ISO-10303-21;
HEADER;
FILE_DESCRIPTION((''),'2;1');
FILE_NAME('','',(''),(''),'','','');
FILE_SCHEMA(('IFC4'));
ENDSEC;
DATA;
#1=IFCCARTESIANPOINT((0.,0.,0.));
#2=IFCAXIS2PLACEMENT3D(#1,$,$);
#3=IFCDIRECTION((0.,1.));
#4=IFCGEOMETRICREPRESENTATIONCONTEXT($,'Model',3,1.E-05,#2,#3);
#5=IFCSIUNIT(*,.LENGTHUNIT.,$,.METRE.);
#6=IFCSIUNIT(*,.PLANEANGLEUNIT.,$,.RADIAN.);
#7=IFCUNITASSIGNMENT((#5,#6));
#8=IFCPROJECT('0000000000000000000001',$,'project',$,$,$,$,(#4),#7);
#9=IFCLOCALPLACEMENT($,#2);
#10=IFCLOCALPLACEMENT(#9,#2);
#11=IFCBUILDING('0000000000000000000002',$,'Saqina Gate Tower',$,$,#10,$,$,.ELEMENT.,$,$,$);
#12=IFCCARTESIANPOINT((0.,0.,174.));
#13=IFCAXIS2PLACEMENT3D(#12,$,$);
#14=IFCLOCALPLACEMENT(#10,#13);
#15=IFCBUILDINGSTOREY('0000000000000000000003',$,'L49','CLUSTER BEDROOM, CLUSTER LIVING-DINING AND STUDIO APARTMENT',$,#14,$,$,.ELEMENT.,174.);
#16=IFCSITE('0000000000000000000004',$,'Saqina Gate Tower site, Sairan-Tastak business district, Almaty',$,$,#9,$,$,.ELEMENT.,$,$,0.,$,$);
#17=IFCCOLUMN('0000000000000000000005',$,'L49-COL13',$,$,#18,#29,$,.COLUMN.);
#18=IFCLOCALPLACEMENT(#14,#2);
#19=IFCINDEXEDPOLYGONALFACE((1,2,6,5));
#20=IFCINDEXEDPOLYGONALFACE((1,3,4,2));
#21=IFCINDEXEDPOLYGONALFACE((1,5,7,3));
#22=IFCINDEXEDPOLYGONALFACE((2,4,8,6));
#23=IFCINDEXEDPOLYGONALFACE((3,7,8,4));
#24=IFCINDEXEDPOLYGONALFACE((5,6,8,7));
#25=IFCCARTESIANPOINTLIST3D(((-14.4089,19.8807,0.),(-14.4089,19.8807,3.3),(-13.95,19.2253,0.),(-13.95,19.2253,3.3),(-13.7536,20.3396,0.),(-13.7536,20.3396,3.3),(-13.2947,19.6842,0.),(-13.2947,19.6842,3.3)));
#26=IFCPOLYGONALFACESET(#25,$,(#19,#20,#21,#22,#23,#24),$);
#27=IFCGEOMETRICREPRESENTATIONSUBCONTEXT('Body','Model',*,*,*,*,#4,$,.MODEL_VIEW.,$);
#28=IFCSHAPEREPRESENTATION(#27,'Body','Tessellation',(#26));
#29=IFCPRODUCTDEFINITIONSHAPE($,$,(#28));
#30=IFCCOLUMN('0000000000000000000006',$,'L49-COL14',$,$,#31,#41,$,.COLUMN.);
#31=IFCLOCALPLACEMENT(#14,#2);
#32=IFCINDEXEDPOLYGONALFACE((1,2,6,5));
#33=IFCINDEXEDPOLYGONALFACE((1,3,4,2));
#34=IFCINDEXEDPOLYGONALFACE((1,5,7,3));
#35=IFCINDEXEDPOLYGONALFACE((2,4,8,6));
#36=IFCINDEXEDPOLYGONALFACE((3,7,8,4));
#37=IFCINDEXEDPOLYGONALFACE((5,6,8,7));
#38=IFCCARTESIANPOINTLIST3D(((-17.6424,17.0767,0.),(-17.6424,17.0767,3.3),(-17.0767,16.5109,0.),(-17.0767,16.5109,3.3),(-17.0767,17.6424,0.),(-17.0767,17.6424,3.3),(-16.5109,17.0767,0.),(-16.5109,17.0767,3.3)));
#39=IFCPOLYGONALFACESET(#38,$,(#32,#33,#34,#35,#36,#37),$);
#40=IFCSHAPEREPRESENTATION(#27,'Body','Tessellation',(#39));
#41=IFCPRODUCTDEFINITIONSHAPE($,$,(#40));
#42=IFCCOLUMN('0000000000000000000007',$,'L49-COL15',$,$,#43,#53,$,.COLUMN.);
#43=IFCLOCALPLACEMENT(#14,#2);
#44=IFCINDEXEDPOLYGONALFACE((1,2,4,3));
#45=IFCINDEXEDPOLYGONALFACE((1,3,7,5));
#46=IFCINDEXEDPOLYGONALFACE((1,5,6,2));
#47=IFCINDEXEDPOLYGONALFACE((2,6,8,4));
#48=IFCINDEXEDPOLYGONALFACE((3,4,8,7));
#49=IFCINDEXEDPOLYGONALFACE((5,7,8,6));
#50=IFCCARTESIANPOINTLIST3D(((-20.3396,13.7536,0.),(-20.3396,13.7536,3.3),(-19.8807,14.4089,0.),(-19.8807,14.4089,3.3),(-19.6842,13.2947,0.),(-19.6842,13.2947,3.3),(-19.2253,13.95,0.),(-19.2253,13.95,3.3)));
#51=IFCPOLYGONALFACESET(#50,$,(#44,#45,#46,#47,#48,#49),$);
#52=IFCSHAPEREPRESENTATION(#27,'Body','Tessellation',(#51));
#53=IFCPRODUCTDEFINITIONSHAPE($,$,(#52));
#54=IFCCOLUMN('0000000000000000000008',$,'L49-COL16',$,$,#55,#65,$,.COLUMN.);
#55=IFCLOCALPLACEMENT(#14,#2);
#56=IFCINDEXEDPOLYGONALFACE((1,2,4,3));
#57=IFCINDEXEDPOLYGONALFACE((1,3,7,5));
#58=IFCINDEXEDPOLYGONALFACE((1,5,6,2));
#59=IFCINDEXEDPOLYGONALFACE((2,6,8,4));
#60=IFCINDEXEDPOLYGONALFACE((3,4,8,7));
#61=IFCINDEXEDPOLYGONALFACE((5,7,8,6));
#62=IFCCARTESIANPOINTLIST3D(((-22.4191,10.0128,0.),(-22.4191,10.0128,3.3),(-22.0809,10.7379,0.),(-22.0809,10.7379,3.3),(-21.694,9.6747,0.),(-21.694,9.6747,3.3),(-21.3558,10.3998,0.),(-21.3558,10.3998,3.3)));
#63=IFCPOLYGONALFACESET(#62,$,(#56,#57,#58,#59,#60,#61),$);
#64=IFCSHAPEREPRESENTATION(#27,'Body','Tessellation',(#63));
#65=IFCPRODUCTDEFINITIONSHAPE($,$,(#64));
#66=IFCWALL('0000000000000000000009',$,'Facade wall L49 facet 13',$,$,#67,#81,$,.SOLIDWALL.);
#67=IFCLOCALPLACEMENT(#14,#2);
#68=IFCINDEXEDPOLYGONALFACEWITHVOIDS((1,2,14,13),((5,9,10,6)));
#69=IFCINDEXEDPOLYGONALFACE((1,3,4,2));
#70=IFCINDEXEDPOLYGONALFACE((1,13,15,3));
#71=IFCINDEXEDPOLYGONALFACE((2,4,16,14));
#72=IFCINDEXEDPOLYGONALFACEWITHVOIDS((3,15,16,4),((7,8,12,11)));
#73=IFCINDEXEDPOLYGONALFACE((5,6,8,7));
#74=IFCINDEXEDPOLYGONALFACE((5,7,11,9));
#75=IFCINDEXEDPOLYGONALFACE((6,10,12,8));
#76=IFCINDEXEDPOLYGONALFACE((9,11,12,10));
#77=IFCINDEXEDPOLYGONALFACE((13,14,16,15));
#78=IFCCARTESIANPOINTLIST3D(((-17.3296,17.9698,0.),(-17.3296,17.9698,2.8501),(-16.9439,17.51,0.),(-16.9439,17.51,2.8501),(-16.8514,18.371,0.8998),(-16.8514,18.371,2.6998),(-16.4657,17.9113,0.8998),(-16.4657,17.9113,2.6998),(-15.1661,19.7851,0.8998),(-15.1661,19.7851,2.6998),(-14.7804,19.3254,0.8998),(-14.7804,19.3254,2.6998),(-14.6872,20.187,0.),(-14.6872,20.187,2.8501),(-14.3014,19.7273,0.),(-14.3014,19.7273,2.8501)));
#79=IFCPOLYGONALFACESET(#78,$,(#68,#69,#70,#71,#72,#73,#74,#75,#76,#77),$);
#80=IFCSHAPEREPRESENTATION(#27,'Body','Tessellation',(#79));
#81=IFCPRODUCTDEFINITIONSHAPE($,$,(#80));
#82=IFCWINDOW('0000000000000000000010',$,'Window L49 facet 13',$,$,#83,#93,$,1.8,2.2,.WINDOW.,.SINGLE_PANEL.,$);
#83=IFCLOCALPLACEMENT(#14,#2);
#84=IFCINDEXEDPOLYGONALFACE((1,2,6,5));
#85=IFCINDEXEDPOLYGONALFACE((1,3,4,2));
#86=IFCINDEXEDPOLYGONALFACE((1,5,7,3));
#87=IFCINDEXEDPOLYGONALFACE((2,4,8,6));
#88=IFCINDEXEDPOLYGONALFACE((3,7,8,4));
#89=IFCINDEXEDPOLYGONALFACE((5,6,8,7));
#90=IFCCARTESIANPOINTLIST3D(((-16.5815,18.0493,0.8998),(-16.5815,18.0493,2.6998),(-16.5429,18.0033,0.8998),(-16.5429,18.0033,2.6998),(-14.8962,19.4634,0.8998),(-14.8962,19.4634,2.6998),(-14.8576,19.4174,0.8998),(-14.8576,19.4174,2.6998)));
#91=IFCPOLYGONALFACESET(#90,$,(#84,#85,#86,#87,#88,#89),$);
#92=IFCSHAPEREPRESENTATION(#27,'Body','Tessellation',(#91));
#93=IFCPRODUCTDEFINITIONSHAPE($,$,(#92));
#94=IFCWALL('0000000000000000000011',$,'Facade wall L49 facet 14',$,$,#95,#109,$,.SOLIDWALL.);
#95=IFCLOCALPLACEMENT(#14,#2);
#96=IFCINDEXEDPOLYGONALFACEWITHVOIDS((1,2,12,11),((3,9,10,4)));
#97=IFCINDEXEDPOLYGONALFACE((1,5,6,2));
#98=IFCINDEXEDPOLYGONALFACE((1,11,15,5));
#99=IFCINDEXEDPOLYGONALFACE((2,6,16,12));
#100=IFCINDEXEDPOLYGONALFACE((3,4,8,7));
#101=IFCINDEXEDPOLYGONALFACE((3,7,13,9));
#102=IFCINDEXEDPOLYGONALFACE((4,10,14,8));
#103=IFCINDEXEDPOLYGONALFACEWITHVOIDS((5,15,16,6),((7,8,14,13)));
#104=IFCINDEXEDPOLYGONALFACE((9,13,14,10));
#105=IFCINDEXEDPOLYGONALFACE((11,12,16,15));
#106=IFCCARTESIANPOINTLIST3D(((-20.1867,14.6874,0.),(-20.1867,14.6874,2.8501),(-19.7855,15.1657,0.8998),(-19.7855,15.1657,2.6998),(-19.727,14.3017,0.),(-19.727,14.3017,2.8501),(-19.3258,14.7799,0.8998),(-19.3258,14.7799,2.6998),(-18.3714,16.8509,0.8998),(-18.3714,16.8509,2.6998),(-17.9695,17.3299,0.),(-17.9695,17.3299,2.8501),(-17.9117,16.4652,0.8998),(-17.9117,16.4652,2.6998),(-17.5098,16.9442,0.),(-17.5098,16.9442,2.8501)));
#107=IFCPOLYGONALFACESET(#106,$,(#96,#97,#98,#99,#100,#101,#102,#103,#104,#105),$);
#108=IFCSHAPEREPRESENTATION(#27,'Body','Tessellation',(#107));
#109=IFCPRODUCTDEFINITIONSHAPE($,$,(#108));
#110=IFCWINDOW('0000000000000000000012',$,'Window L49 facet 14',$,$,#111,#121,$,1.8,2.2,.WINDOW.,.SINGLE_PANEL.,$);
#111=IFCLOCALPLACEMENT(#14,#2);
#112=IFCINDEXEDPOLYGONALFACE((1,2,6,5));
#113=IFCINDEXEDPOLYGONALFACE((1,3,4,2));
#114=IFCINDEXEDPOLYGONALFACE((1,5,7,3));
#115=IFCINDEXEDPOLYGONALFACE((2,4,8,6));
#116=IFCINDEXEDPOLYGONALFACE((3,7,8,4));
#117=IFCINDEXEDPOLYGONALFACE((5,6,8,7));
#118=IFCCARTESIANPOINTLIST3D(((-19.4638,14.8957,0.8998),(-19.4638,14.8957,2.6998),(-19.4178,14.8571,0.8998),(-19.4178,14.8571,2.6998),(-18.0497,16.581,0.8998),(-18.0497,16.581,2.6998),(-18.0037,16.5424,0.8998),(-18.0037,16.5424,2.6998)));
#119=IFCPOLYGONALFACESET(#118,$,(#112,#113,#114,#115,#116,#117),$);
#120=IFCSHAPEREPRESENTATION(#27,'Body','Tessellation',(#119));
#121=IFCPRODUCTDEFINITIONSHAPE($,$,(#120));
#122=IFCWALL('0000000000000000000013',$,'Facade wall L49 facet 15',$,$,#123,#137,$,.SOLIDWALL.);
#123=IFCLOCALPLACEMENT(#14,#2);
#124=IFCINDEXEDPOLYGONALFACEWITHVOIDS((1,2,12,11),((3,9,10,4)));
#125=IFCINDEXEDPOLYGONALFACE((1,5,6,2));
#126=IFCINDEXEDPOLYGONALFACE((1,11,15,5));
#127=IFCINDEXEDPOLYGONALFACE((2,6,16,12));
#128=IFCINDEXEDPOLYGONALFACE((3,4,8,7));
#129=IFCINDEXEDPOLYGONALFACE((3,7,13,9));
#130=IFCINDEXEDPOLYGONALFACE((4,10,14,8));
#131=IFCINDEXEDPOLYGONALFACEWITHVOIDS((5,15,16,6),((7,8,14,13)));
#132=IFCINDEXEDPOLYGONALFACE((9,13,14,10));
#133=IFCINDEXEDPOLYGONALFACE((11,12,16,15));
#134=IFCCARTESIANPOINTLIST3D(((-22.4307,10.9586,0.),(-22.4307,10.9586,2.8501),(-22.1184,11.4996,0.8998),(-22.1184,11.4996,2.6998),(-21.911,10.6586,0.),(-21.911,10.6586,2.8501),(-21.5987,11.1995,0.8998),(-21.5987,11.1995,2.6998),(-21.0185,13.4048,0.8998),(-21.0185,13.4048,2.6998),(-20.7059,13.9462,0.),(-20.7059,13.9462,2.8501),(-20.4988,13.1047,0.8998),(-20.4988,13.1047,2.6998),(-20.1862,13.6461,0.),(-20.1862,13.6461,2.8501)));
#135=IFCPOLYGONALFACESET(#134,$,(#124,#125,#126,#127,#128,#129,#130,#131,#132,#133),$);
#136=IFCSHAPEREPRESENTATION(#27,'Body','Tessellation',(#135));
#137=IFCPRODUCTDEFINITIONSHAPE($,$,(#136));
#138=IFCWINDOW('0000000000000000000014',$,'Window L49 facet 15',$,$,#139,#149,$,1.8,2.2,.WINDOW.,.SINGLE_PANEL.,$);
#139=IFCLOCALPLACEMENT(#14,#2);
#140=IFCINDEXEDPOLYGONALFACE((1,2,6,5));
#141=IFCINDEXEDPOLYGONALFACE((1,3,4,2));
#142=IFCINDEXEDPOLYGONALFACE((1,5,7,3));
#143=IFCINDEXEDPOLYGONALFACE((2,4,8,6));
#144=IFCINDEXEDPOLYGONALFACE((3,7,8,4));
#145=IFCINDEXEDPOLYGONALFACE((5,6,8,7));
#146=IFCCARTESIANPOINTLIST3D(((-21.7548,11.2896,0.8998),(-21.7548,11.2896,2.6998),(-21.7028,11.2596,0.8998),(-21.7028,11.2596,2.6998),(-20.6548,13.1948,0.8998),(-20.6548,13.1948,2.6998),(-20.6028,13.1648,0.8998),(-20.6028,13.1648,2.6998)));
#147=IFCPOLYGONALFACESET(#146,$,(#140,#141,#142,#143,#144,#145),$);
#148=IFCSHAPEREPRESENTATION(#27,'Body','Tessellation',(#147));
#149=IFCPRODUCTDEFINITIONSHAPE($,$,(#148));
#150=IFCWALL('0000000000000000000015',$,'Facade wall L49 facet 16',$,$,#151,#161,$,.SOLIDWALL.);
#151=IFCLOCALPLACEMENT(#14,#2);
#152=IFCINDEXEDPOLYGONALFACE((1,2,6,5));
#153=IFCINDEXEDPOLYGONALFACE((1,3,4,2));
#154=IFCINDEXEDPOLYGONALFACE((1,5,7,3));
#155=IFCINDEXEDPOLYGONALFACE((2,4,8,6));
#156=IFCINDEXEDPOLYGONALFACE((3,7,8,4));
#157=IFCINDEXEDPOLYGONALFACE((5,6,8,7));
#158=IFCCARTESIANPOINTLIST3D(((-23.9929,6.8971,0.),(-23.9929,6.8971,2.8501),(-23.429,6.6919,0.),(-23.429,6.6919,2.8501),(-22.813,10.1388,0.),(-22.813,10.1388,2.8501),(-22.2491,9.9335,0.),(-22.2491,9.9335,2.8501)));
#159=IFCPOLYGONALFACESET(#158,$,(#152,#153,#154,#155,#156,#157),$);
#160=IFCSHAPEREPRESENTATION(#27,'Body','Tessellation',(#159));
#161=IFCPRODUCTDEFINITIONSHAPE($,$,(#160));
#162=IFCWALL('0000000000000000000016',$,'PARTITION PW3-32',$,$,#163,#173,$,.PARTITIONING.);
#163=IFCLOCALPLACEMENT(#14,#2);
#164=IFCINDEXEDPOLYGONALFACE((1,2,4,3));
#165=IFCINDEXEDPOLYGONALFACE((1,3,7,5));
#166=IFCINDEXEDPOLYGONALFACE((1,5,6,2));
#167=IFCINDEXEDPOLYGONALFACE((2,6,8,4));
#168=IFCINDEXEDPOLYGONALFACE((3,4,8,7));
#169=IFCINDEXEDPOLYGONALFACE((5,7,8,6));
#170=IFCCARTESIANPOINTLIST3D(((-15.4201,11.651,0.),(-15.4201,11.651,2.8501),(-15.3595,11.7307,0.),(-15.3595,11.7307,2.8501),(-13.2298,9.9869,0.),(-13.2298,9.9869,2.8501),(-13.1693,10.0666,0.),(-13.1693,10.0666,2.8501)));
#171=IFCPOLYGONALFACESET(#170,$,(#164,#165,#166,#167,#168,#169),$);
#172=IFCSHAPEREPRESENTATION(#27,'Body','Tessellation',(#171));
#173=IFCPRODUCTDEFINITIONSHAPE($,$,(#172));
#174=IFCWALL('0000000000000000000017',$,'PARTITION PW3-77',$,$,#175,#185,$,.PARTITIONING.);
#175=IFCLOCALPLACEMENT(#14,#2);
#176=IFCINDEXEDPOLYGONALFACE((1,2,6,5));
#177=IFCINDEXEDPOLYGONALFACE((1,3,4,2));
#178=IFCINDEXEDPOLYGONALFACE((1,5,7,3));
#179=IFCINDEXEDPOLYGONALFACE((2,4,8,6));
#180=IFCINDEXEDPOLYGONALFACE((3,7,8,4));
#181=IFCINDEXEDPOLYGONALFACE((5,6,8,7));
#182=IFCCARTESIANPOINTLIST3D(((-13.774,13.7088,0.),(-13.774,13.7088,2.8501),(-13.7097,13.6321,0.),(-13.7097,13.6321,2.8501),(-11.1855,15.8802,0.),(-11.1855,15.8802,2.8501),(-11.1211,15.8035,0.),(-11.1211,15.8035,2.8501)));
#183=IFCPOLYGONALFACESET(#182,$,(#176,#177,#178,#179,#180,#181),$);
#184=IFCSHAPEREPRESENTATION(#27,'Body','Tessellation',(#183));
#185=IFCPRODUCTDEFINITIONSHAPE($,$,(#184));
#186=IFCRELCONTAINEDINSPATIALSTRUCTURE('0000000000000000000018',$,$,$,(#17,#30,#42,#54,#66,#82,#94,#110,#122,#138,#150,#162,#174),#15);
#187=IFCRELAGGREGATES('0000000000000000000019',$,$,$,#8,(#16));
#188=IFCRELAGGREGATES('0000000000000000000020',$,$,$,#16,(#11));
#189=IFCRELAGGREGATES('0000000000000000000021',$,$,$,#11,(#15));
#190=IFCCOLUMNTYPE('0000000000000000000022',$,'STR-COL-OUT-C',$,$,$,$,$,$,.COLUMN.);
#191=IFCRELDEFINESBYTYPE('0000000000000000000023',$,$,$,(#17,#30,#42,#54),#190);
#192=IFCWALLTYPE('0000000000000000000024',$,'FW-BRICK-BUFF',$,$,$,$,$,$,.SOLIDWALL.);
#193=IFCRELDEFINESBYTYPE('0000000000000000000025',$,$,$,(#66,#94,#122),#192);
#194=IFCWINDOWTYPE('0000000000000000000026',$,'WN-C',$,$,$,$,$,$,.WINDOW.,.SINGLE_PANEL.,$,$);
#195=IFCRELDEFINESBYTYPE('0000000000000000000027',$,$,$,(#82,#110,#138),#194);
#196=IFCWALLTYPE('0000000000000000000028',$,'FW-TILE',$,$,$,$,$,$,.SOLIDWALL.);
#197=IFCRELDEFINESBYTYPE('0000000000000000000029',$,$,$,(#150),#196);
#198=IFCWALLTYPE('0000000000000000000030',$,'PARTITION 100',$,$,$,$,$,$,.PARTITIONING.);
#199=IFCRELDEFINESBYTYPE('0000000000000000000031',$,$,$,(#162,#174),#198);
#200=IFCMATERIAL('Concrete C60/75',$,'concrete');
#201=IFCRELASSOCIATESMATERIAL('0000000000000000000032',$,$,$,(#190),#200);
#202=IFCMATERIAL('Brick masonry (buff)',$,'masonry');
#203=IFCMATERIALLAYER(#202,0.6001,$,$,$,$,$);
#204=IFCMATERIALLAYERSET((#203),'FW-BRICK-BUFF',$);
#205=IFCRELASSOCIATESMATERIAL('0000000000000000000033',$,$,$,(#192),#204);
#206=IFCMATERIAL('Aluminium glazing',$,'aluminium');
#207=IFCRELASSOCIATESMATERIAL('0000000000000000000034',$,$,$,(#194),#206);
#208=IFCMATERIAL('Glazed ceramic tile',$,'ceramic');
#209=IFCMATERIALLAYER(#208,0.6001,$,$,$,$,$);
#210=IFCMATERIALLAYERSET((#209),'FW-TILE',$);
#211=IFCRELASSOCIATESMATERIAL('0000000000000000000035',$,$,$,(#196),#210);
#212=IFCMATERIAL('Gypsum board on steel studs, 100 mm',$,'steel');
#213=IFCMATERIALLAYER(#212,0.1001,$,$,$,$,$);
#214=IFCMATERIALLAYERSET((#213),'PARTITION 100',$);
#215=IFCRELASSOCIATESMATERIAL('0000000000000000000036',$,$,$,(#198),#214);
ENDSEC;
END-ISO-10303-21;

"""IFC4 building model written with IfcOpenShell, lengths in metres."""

from ifc_helpers import new_model, si_unit, direction, frame, frame_2d, origin, origin_2d, place, context, subcontext, project, spatial, rectangle, extrude, material, layer, layer_set, material_profile, profile_set, type_object, element, fill, save


model = new_model("IFC4")

# Units and contexts
model_context = context("Model", 3, precision=1e-05, world=origin(), true_north=direction((0.0, 1.0)))
body_context = subcontext(model_context, "Body", "Model", "MODEL_VIEW")
ifc_project = project(units=[si_unit("LENGTHUNIT", "METRE"), si_unit("PLANEANGLEUNIT", "RADIAN")], contexts=[model_context])

# Site, building, storey
site_placement = place(None, origin())
site = spatial("IfcSite", under=ifc_project, at=site_placement, Name="Saqina Gate Tower site, Sairan-Tastak business district, Almaty", CompositionType="ELEMENT", RefElevation=0.0)
building_placement = place(site_placement, origin())
building = spatial("IfcBuilding", under=site, at=building_placement, Name="Saqina Gate Tower", CompositionType="ELEMENT")
storey_placement = place(building_placement, frame((0.0, 0.0, 174.0)))
storey = spatial("IfcBuildingStorey", under=building, at=storey_placement, Name="L49", Description="CLUSTER BEDROOM, CLUSTER LIVING-DINING AND STUDIO APARTMENT", CompositionType="ELEMENT", Elevation=174.0)

# Columns
ifc_material_1 = material(Name="Concrete C60/75", Category="concrete")
ifc_material_profile = material_profile(ifc_material_1, rectangle(XDim=0.8, YDim=0.8, at=origin_2d()), Name="RC 800x800")
ifc_profile_set = profile_set([ifc_material_profile], Name="Concrete C60/75")
column_type = type_object("IfcColumnType", Name="STR-COL-OUT-C", PredefinedType="COLUMN", material=ifc_profile_set)
for number, where, z_axis, x_axis, name in (
    (1, (-13.8518, 19.7825, 0.0), (0.0, 0.0, 1.0), (-0.573576, 0.819152, 0.0), "L49-COL13"),
    (2, (-17.0767, 17.0767, 0.0), (0.0, 0.0, 1.0), (-0.707107, 0.707107, 0.0), "L49-COL14"),
    (3, (-19.7825, 13.8518, 0.0), (0.0, 0.0, 1.0), (-0.819152, 0.573576, 0.0), "L49-COL15"),
    (4, (-21.8875, 10.2063, 0.0), (0.0, 0.0, 1.0), (-0.906308, 0.422618, 0.0), "L49-COL16"),
):
    element("IfcColumn", number, at=place(storey_placement, frame(where, z_axis=z_axis, x_axis=x_axis)), inside=storey, type_object=column_type, Name=name, PredefinedType="COLUMN", context=body_context, shape_type="SweptSolid", body=[
        extrude(rectangle(XDim=0.8, YDim=0.8, at=origin_2d()), origin(), (0.0, 0.0, 1.0), 3.3),
    ])

# Walls, openings, windows
ifc_material_2 = material(Name="Brick masonry (buff)", Category="masonry")
ifc_layer_1 = layer(ifc_material_2, 0.6001)
ifc_layer_set_1 = layer_set([ifc_layer_1], Name="FW-BRICK-BUFF")
wall_type_1 = type_object("IfcWallType", Name="FW-BRICK-BUFF", PredefinedType="SOLIDWALL", material=ifc_layer_set_1)
wall_1_placement = place(storey_placement, frame((-14.4944, 19.957, 0.0), z_axis=(0.0, 0.0, 1.0), x_axis=(-0.766059, -0.64277, 0.0)))
wall_1 = element("IfcWall", 5, at=wall_1_placement, inside=storey, type_object=wall_type_1, Name="Facade wall L49 facet 13", PredefinedType="SOLIDWALL", context=body_context, shape_type="SweptSolid", body=[
    extrude(rectangle(XDim=3.4495, YDim=0.6001, at=frame_2d((1.7246, 0.0))), origin(), (0.0, 0.0, 1.0), 2.8501),
])
opening_1_placement = place(wall_1_placement, frame((0.625, 0.0, 0.8999)))
opening_1 = element("IfcOpeningElement", 6, at=opening_1_placement, cuts=wall_1, PredefinedType="OPENING", context=body_context, shape_type="SweptSolid", body=[
    extrude(rectangle(XDim=2.2, YDim=1.8, at=frame_2d((1.1001, 0.8999))), frame((0.0, 0.312, 0.0), z_axis=(0.0, -1.0, 0.0), x_axis=(1.0, 0.0, 0.0)), (0.0, 0.0, 1.0), 0.624),
])
ifc_material_3 = material(Name="Aluminium glazing", Category="aluminium")
window_type = type_object("IfcWindowType", Name="WN-C", PartitioningType="SINGLE_PANEL", PredefinedType="WINDOW", material=ifc_material_3)
window_1_placement = place(opening_1_placement, origin())
window_1 = element("IfcWindow", 7, at=window_1_placement, inside=storey, type_object=window_type, Name="Window L49 facet 13", OverallHeight=1.8, OverallWidth=2.2, PartitioningType="SINGLE_PANEL", PredefinedType="WINDOW", context=body_context, shape_type="SweptSolid", body=[
    extrude(rectangle(XDim=2.2, YDim=1.8, at=frame_2d((1.1001, 0.8999))), frame((0.0, 0.1799, 0.0), z_axis=(0.0, -1.0, 0.0), x_axis=(1.0, 0.0, 0.0)), (0.0, 0.0, 1.0), 0.0601),
])
fill(opening_1, window_1)
wall_2_placement = place(storey_placement, frame((-17.7397, 17.137, 0.0), z_axis=(0.0, 0.0, 1.0), x_axis=(-0.64277, -0.766059, 0.0)))
wall_2 = element("IfcWall", 8, at=wall_2_placement, inside=storey, type_object=wall_type_1, Name="Facade wall L49 facet 14", PredefinedType="SOLIDWALL", context=body_context, shape_type="SweptSolid", body=[
    extrude(rectangle(XDim=3.4495, YDim=0.6001, at=frame_2d((1.7246, 0.0))), origin(), (0.0, 0.0, 1.0), 2.8501),
])
opening_2_placement = place(wall_2_placement, frame((0.625, 0.0, 0.8999)))
opening_2 = element("IfcOpeningElement", 9, at=opening_2_placement, cuts=wall_2, PredefinedType="OPENING", context=body_context, shape_type="SweptSolid", body=[
    extrude(rectangle(XDim=2.2, YDim=1.8, at=frame_2d((1.1001, 0.8999))), frame((0.0, 0.312, 0.0), z_axis=(0.0, -1.0, 0.0), x_axis=(1.0, 0.0, 0.0)), (0.0, 0.0, 1.0), 0.624),
])
window_2_placement = place(opening_2_placement, origin())
window_2 = element("IfcWindow", 10, at=window_2_placement, inside=storey, type_object=window_type, Name="Window L49 facet 14", OverallHeight=1.8, OverallWidth=2.2, PartitioningType="SINGLE_PANEL", PredefinedType="WINDOW", context=body_context, shape_type="SweptSolid", body=[
    extrude(rectangle(XDim=2.2, YDim=1.8, at=frame_2d((1.1001, 0.8999))), frame((0.0, 0.1799, 0.0), z_axis=(0.0, -1.0, 0.0), x_axis=(1.0, 0.0, 0.0)), (0.0, 0.0, 1.0), 0.0601),
])
fill(opening_2, window_2)
wall_3_placement = place(storey_placement, frame((-20.446, 13.7961, 0.0), z_axis=(0.0, 0.0, 1.0), x_axis=(-0.499998, -0.866026, 0.0)))
wall_3 = element("IfcWall", 11, at=wall_3_placement, inside=storey, type_object=wall_type_1, Name="Facade wall L49 facet 15", PredefinedType="SOLIDWALL", context=body_context, shape_type="SweptSolid", body=[
    extrude(rectangle(XDim=3.4497, YDim=0.6001, at=frame_2d((1.7249, 0.0))), origin(), (0.0, 0.0, 1.0), 2.8501),
])
opening_3_placement = place(wall_3_placement, frame((0.625, 0.0, 0.8999)))
opening_3 = element("IfcOpeningElement", 12, at=opening_3_placement, cuts=wall_3, PredefinedType="OPENING", context=body_context, shape_type="SweptSolid", body=[
    extrude(rectangle(XDim=2.2, YDim=1.8, at=frame_2d((1.1001, 0.8999))), frame((0.0, 0.312, 0.0), z_axis=(0.0, -1.0, 0.0), x_axis=(1.0, 0.0, 0.0)), (0.0, 0.0, 1.0), 0.624),
])
window_3_placement = place(opening_3_placement, origin())
window_3 = element("IfcWindow", 13, at=window_3_placement, inside=storey, type_object=window_type, Name="Window L49 facet 15", OverallHeight=1.8, OverallWidth=2.2, PartitioningType="SINGLE_PANEL", PredefinedType="WINDOW", context=body_context, shape_type="SweptSolid", body=[
    extrude(rectangle(XDim=2.2, YDim=1.8, at=frame_2d((1.1001, 0.8999))), frame((0.0, 0.1799, 0.0), z_axis=(0.0, -1.0, 0.0), x_axis=(1.0, 0.0, 0.0)), (0.0, 0.0, 1.0), 0.0601),
])
fill(opening_3, window_3)

# Walls
ifc_material_4 = material(Name="Glazed ceramic tile", Category="ceramic")
ifc_layer_2 = layer(ifc_material_4, 0.6001)
ifc_layer_set_2 = layer_set([ifc_layer_2], Name="FW-TILE")
wall_type_2 = type_object("IfcWallType", Name="FW-TILE", PredefinedType="SOLIDWALL", material=ifc_layer_set_2)
wall_4_placement = place(storey_placement, frame((-22.531, 10.0361, 0.0), z_axis=(0.0, 0.0, 1.0), x_axis=(-0.342033, -0.939688, 0.0)))
element("IfcWall", 14, at=wall_4_placement, inside=storey, type_object=wall_type_2, Name="Facade wall L49 facet 16", PredefinedType="SOLIDWALL", context=body_context, shape_type="SweptSolid", body=[
    extrude(rectangle(XDim=3.4497, YDim=0.6001, at=frame_2d((1.7249, 0.0))), origin(), (0.0, 0.0, 1.0), 2.8501),
])
ifc_material_5 = material(Name="Gypsum board on steel studs, 100 mm", Category="steel")
ifc_layer_3 = layer(ifc_material_5, 0.1001)
ifc_layer_set_3 = layer_set([ifc_layer_3], Name="PARTITION 100")
wall_type_3 = type_object("IfcWallType", Name="PARTITION 100", PredefinedType="PARTITIONING", material=ifc_layer_set_3)
wall_5_placement = place(storey_placement, frame((-15.3899, 11.6909, 0.0), z_axis=(0.0, 0.0, 1.0), x_axis=(0.796246, -0.604973, 0.0)))
element("IfcWall", 15, at=wall_5_placement, inside=storey, type_object=wall_type_3, Name="PARTITION PW3-32", PredefinedType="PARTITIONING", context=body_context, shape_type="SweptSolid", body=[
    extrude(rectangle(XDim=2.7507, YDim=0.1001, at=frame_2d((1.3755, 0.0))), origin(), (0.0, 0.0, 1.0), 2.8501),
])
wall_6_placement = place(storey_placement, frame((-13.7419, 13.6704, 0.0), z_axis=(0.0, 0.0, 1.0), x_axis=(0.76615, 0.642662, 0.0)))
element("IfcWall", 16, at=wall_6_placement, inside=storey, type_object=wall_type_3, Name="PARTITION PW3-77", PredefinedType="PARTITIONING", context=body_context, shape_type="SweptSolid", body=[
    extrude(rectangle(XDim=3.3787, YDim=0.1001, at=frame_2d((1.6895, 0.0))), origin(), (0.0, 0.0, 1.0), 2.8501),
])

save(model, "model.ifc")
